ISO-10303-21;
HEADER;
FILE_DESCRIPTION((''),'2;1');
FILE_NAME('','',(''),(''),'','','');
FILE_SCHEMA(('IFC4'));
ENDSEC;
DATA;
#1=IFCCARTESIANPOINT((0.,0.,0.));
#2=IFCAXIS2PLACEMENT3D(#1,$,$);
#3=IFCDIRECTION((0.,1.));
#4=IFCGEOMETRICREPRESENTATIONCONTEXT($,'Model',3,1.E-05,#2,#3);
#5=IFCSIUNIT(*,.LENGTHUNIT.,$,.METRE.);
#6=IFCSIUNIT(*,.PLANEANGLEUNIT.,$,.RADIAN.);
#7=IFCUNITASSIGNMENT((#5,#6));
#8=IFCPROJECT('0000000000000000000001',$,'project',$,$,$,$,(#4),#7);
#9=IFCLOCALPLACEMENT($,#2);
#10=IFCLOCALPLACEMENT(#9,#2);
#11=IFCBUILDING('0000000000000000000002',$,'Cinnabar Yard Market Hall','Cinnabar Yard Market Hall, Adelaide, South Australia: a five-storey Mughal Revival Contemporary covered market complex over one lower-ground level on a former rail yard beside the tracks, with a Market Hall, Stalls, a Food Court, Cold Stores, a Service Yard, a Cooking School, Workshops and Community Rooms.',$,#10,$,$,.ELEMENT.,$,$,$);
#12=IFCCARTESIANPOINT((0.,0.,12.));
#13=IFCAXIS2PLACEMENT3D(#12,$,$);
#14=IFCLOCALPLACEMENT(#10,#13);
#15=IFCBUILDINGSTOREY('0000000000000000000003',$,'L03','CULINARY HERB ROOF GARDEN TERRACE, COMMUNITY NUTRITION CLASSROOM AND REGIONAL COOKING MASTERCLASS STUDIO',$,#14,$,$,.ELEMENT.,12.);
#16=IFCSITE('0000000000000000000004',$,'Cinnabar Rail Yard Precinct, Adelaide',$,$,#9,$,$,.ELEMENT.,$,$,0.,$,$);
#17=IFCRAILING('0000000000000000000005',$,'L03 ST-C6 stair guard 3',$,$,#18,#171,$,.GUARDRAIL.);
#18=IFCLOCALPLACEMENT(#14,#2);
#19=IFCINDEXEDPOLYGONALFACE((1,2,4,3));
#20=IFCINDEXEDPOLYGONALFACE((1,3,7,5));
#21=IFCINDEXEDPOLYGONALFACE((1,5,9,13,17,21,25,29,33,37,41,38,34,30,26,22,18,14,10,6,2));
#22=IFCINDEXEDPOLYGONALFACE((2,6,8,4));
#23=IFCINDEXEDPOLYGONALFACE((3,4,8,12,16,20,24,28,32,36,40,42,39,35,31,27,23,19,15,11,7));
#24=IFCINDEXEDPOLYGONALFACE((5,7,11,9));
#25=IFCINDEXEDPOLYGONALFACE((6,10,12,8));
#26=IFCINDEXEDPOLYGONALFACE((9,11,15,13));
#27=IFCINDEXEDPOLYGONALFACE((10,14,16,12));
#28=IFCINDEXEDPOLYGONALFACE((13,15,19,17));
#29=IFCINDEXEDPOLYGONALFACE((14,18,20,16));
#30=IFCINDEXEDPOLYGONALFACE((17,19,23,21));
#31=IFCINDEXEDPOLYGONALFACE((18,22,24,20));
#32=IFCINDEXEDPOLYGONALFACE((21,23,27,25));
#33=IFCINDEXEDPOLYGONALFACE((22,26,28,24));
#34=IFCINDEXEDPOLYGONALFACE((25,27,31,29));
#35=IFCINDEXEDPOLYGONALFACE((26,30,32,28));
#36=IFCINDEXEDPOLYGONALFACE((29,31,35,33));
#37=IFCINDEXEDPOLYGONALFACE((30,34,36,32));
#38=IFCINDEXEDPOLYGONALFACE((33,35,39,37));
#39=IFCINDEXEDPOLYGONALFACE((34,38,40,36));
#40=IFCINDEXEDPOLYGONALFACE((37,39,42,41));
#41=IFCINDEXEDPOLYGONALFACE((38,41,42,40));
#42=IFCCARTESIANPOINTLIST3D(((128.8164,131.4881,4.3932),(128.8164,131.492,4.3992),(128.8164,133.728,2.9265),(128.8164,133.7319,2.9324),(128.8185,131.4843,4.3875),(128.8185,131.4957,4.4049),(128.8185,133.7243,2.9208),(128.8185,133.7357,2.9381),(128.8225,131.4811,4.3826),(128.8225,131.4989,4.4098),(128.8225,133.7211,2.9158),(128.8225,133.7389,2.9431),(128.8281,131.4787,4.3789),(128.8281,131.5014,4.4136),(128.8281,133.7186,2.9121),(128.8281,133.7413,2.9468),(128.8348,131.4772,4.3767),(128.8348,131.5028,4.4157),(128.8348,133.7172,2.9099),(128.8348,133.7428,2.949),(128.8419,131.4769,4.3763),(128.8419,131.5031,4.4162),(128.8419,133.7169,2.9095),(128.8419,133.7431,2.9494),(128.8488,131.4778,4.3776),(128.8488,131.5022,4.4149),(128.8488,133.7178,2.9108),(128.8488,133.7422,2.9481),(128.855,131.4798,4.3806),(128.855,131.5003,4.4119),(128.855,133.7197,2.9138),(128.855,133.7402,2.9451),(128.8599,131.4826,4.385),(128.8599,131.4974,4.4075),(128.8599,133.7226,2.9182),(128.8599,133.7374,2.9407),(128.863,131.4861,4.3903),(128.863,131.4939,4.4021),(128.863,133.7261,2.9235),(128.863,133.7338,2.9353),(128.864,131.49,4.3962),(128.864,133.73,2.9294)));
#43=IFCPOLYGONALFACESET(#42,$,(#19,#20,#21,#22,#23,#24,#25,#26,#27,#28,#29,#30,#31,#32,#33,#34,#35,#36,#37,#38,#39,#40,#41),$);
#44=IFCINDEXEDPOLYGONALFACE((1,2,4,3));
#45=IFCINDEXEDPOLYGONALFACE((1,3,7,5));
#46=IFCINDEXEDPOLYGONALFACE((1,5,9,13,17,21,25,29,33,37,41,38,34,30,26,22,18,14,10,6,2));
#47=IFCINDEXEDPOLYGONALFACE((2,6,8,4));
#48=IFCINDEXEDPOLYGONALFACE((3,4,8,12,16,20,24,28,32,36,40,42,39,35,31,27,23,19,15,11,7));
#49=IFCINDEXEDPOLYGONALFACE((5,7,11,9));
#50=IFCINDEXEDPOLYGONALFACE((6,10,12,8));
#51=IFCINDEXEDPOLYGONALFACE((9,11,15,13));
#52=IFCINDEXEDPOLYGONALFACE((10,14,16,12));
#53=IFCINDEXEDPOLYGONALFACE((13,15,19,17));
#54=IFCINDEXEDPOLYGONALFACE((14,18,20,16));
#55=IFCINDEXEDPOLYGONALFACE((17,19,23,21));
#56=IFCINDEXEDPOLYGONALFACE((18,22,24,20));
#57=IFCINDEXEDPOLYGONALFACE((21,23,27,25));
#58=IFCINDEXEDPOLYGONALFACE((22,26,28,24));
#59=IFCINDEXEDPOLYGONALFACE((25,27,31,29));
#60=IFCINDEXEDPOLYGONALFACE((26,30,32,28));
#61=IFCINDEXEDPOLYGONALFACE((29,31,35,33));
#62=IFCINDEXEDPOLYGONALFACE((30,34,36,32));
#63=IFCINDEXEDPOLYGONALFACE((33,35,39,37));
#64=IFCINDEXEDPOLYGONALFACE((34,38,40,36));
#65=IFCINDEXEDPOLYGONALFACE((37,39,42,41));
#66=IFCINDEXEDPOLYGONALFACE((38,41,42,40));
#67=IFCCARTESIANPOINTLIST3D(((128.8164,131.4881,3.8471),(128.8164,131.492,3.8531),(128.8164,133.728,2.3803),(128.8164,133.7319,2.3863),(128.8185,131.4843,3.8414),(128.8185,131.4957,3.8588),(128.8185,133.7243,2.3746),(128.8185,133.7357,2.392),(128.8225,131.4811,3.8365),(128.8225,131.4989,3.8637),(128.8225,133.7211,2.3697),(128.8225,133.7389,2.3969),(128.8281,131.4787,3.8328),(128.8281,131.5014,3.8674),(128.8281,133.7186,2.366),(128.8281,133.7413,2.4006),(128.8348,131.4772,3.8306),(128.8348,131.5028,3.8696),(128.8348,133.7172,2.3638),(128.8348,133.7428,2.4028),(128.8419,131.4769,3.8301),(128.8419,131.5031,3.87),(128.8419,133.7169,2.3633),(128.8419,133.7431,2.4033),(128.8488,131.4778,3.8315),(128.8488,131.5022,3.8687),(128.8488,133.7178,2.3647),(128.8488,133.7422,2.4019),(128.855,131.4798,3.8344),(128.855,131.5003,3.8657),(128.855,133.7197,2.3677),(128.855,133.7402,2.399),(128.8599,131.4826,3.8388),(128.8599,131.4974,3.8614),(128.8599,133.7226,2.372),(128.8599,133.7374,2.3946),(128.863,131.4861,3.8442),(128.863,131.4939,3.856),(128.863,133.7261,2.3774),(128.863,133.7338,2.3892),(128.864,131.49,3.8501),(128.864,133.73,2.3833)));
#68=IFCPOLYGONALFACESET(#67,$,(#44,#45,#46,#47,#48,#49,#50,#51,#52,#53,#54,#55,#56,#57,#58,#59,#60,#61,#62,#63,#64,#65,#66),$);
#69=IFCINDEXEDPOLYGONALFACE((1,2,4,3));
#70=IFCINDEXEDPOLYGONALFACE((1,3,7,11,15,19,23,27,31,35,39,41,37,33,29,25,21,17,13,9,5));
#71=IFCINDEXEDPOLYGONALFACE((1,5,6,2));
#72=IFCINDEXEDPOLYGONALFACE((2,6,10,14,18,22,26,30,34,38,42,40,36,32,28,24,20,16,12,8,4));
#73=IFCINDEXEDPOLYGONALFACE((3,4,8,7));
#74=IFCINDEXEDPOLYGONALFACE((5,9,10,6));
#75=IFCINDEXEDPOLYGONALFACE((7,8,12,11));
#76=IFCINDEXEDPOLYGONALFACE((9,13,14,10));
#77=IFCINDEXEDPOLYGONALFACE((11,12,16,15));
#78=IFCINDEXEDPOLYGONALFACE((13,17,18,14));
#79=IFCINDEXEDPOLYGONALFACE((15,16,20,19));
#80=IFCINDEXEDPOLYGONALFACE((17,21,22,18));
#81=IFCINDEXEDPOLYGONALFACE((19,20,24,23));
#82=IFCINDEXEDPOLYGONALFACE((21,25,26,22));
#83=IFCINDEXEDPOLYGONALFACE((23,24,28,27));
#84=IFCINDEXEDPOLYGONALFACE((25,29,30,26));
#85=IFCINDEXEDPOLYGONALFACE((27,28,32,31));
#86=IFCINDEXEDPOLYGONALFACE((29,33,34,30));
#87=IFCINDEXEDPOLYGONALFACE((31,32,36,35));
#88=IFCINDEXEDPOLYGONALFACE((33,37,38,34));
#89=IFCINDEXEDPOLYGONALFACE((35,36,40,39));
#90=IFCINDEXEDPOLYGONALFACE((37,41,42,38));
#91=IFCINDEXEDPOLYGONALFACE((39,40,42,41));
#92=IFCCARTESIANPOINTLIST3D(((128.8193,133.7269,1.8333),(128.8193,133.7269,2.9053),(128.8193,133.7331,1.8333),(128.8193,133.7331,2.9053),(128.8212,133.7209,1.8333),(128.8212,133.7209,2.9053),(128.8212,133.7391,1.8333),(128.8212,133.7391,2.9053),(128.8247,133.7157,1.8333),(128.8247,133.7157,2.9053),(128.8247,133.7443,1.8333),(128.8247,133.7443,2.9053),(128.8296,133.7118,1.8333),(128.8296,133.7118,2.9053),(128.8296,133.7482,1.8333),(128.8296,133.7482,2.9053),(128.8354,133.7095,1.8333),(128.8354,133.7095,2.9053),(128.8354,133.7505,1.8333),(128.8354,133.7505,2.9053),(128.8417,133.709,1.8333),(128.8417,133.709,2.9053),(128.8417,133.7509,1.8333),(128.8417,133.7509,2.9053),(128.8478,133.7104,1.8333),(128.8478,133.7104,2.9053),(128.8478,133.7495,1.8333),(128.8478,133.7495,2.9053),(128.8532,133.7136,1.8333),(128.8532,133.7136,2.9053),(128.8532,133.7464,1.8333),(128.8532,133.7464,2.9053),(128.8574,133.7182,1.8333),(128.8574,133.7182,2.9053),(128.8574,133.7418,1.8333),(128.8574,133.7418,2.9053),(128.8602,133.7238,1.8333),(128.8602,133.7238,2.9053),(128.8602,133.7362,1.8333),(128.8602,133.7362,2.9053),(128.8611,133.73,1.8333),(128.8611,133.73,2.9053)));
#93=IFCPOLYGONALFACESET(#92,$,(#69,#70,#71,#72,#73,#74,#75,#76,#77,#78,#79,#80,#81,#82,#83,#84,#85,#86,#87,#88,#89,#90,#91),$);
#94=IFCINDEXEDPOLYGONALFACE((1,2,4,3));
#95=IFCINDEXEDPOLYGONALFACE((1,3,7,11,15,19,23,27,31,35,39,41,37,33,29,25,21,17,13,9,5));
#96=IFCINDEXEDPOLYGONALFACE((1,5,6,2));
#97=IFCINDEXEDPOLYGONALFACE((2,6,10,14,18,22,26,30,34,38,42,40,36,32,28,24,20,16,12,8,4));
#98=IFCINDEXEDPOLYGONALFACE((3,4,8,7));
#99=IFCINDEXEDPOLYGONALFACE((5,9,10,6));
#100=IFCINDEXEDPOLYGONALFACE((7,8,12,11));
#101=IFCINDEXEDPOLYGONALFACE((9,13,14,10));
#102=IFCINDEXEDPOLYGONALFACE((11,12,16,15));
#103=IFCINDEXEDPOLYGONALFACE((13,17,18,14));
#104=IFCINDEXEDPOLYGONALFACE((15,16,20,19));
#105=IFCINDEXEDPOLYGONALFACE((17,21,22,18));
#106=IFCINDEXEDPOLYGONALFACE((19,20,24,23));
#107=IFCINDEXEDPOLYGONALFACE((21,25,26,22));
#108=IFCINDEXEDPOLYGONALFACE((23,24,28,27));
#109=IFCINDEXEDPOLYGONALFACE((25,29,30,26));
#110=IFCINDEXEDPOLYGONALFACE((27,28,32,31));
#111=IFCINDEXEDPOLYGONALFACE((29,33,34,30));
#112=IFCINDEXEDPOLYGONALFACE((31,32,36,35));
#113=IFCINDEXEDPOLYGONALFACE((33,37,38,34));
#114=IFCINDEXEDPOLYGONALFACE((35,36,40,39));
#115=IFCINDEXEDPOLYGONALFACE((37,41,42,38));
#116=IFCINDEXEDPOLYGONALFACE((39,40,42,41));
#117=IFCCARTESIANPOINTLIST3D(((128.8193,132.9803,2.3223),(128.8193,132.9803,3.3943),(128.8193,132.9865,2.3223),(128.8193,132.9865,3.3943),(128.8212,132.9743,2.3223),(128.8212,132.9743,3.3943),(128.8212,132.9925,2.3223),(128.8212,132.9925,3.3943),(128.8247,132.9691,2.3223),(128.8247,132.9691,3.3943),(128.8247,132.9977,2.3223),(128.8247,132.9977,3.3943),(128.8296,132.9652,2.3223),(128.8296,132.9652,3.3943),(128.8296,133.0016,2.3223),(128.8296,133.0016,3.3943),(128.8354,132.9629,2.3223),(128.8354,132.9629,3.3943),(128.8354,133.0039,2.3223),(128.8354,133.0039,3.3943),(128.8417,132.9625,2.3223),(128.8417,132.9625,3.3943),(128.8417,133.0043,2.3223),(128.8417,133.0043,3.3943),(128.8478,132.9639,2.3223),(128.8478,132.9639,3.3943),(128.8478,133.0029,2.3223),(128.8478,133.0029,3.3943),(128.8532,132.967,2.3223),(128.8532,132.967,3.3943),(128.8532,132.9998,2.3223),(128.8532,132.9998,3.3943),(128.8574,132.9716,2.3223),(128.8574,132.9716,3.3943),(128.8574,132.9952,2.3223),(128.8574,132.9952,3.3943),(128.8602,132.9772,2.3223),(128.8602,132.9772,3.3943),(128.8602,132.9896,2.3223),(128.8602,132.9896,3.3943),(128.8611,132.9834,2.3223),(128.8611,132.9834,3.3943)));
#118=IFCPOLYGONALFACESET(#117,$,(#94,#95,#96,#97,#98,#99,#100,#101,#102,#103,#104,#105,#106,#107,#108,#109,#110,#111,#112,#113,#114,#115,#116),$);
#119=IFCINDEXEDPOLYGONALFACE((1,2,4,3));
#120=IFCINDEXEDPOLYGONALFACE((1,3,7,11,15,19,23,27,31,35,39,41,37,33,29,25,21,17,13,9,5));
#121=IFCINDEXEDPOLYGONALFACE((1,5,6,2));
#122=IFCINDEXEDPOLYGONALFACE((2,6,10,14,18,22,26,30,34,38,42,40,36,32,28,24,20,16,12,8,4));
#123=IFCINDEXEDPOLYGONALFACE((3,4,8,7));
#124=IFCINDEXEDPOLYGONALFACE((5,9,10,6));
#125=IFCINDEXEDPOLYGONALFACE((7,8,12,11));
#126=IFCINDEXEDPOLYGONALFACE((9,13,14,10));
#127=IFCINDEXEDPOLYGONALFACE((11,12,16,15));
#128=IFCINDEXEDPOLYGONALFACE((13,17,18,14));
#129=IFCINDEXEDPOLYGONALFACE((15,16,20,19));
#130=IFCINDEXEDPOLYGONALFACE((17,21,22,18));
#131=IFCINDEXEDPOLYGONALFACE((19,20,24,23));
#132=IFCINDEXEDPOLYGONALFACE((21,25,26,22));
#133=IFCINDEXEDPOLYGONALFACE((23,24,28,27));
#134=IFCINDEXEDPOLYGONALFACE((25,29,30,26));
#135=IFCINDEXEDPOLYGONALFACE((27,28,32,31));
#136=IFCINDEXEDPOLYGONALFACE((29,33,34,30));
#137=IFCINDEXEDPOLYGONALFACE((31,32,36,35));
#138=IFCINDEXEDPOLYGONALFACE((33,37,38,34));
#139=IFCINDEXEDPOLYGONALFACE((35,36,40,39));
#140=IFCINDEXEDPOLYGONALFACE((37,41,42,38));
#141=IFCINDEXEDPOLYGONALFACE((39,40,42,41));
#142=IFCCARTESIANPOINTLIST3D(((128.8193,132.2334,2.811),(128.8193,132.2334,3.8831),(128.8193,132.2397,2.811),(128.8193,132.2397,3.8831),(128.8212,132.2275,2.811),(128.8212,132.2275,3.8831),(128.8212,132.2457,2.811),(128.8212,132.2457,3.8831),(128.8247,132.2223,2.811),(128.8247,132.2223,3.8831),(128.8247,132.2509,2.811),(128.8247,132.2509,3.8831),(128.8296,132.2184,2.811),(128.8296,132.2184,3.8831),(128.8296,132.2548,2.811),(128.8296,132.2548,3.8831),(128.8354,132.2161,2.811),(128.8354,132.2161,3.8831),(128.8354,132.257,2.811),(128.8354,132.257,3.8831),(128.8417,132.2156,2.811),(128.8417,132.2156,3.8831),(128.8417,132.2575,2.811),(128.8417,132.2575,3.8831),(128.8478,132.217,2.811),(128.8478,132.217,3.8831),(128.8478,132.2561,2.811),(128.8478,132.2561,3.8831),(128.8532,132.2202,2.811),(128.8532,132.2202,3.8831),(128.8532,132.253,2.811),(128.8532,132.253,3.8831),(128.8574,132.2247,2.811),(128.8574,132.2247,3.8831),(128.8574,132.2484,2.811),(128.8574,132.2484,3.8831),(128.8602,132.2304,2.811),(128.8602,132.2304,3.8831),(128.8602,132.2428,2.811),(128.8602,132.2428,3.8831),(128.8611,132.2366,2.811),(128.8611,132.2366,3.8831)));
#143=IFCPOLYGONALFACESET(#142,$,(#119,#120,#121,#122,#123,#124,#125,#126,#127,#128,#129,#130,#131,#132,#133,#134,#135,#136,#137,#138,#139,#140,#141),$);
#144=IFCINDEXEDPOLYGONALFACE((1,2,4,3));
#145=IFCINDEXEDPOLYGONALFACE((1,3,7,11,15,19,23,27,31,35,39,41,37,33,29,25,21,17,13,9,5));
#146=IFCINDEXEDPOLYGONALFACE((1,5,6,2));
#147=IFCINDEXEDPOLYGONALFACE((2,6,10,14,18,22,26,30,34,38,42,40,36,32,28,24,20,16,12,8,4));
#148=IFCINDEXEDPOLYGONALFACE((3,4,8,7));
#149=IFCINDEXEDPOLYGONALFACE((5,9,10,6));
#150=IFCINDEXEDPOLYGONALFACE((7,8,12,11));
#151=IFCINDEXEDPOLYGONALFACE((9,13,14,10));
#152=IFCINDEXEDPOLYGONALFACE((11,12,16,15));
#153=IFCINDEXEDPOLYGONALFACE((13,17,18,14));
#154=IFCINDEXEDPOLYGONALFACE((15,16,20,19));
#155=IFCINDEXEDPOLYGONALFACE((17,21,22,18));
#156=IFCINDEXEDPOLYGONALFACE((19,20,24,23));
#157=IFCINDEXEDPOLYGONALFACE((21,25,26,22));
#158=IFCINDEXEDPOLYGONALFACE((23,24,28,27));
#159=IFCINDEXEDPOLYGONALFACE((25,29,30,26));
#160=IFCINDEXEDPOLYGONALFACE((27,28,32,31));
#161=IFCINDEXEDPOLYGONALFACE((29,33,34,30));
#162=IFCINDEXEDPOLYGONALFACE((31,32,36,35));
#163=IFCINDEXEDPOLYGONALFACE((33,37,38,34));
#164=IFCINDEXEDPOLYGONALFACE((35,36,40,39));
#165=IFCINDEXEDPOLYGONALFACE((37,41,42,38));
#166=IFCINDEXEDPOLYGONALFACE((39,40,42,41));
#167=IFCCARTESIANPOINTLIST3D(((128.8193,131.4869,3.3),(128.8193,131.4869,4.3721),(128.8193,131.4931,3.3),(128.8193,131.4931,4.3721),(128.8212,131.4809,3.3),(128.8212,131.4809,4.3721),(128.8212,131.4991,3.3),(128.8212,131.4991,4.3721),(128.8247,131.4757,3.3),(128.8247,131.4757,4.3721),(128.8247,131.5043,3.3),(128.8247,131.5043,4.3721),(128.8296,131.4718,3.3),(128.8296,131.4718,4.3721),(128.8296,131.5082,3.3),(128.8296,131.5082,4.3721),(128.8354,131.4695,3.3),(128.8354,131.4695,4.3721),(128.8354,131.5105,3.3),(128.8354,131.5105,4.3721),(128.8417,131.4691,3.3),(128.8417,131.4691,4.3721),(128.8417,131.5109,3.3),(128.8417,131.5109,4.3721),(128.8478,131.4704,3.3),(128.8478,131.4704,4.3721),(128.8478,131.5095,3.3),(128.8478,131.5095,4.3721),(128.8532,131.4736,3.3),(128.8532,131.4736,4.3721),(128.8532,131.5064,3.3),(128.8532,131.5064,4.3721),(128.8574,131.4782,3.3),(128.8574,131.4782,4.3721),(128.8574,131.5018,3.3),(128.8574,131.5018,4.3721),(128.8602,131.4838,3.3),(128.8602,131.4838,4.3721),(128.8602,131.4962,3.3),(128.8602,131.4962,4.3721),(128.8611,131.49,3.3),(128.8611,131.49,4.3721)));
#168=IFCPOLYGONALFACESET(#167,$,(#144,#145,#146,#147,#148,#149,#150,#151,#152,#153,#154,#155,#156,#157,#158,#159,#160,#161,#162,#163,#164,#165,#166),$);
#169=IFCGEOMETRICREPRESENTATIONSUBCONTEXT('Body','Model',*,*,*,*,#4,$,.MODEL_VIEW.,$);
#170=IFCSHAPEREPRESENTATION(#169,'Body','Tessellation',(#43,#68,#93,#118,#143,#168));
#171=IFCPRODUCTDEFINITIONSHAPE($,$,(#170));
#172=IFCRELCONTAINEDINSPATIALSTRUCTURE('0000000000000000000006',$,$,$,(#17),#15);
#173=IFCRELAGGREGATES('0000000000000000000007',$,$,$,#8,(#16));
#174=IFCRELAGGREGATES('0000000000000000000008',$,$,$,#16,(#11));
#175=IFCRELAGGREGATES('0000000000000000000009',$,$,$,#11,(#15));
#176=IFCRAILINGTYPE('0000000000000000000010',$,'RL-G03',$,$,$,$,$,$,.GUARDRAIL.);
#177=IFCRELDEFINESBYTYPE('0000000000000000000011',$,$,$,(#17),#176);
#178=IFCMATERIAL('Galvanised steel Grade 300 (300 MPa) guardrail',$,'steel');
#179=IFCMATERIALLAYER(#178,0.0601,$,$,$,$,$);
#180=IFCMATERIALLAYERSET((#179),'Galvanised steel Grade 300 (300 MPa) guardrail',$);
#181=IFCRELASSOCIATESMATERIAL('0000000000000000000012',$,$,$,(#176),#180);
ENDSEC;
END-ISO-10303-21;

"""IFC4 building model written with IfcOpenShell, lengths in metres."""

from ifc_helpers import new_model, si_unit, direction, frame, origin, origin_2d_with_axis, place, context, subcontext, project, spatial, circle, extrude, material, layer, layer_set, type_object, element, save


model = new_model("IFC4")

# Units and contexts
model_context = context("Model", 3, precision=1e-05, world=origin(), true_north=direction((0.0, 1.0)))
body_context = subcontext(model_context, "Body", "Model", "MODEL_VIEW")
ifc_project = project(units=[si_unit("LENGTHUNIT", "METRE"), si_unit("PLANEANGLEUNIT", "RADIAN")], contexts=[model_context])

# Site, building, storey
site_placement = place(None, origin())
site = spatial("IfcSite", under=ifc_project, at=site_placement, Name="Cinnabar Rail Yard Precinct, Adelaide", CompositionType="ELEMENT", RefElevation=0.0)
building_placement = place(site_placement, origin())
building = spatial("IfcBuilding", under=site, at=building_placement, Name="Cinnabar Yard Market Hall", Description="Cinnabar Yard Market Hall, Adelaide, South Australia: a five-storey Mughal Revival Contemporary covered market complex over one lower-ground level on a former rail yard beside the tracks, with a Market Hall, Stalls, a Food Court, Cold Stores, a Service Yard, a Cooking School, Workshops and Community Rooms.", CompositionType="ELEMENT")
storey_placement = place(building_placement, frame((0.0, 0.0, 12.0)))
storey = spatial("IfcBuildingStorey", under=building, at=storey_placement, Name="L03", Description="CULINARY HERB ROOF GARDEN TERRACE, COMMUNITY NUTRITION CLASSROOM AND REGIONAL COOKING MASTERCLASS STUDIO", CompositionType="ELEMENT", Elevation=12.0)

# Railing
ifc_material_1 = material(Name="Galvanised steel Grade 300 (300 MPa) guardrail", Category="steel")
ifc_layer_1 = layer(ifc_material_1, 0.0601)
ifc_layer_set_1 = layer_set([ifc_layer_1], Name="Galvanised steel Grade 300 (300 MPa) guardrail")
railing_type_1 = type_object("IfcRailingType", Name="RL-G03", PredefinedType="GUARDRAIL", material=ifc_layer_set_1)
railing_1_placement = place(storey_placement, frame((128.8401, 133.73, 1.8333)))
element("IfcRailing", 1, at=railing_1_placement, inside=storey, type_object=railing_type_1, Name="L03 ST-C6 stair guard 3", PredefinedType="GUARDRAIL", context=body_context, shape_type="SweptSolid", body=[
    extrude(circle(Radius=0.0239, at=origin_2d_with_axis()), frame((0.0, 0.0, 1.0962), z_axis=(0.0, -0.836595, 0.547822), x_axis=(1.0, 0.0, 0.0)), (0.0, 0.0, 1.0), 2.6775),
    extrude(circle(Radius=0.0239, at=origin_2d_with_axis()), frame((0.0, 0.0, 0.55), z_axis=(0.0, -0.836595, 0.547822), x_axis=(1.0, 0.0, 0.0)), (0.0, 0.0, 1.0), 2.6775),
    extrude(circle(Radius=0.021, at=origin_2d_with_axis()), origin(), (0.0, 0.0, 1.0), 1.072),
    extrude(circle(Radius=0.021, at=origin_2d_with_axis()), frame((0.0, -0.7466, 0.489)), (0.0, 0.0, 1.0), 1.072),
    extrude(circle(Radius=0.021, at=origin_2d_with_axis()), frame((0.0, -1.4934, 0.9778)), (0.0, 0.0, 1.0), 1.072),
    extrude(circle(Radius=0.021, at=origin_2d_with_axis()), frame((0.0, -2.24, 1.4668)), (0.0, 0.0, 1.0), 1.072),
])

save(model, "model.ifc")
